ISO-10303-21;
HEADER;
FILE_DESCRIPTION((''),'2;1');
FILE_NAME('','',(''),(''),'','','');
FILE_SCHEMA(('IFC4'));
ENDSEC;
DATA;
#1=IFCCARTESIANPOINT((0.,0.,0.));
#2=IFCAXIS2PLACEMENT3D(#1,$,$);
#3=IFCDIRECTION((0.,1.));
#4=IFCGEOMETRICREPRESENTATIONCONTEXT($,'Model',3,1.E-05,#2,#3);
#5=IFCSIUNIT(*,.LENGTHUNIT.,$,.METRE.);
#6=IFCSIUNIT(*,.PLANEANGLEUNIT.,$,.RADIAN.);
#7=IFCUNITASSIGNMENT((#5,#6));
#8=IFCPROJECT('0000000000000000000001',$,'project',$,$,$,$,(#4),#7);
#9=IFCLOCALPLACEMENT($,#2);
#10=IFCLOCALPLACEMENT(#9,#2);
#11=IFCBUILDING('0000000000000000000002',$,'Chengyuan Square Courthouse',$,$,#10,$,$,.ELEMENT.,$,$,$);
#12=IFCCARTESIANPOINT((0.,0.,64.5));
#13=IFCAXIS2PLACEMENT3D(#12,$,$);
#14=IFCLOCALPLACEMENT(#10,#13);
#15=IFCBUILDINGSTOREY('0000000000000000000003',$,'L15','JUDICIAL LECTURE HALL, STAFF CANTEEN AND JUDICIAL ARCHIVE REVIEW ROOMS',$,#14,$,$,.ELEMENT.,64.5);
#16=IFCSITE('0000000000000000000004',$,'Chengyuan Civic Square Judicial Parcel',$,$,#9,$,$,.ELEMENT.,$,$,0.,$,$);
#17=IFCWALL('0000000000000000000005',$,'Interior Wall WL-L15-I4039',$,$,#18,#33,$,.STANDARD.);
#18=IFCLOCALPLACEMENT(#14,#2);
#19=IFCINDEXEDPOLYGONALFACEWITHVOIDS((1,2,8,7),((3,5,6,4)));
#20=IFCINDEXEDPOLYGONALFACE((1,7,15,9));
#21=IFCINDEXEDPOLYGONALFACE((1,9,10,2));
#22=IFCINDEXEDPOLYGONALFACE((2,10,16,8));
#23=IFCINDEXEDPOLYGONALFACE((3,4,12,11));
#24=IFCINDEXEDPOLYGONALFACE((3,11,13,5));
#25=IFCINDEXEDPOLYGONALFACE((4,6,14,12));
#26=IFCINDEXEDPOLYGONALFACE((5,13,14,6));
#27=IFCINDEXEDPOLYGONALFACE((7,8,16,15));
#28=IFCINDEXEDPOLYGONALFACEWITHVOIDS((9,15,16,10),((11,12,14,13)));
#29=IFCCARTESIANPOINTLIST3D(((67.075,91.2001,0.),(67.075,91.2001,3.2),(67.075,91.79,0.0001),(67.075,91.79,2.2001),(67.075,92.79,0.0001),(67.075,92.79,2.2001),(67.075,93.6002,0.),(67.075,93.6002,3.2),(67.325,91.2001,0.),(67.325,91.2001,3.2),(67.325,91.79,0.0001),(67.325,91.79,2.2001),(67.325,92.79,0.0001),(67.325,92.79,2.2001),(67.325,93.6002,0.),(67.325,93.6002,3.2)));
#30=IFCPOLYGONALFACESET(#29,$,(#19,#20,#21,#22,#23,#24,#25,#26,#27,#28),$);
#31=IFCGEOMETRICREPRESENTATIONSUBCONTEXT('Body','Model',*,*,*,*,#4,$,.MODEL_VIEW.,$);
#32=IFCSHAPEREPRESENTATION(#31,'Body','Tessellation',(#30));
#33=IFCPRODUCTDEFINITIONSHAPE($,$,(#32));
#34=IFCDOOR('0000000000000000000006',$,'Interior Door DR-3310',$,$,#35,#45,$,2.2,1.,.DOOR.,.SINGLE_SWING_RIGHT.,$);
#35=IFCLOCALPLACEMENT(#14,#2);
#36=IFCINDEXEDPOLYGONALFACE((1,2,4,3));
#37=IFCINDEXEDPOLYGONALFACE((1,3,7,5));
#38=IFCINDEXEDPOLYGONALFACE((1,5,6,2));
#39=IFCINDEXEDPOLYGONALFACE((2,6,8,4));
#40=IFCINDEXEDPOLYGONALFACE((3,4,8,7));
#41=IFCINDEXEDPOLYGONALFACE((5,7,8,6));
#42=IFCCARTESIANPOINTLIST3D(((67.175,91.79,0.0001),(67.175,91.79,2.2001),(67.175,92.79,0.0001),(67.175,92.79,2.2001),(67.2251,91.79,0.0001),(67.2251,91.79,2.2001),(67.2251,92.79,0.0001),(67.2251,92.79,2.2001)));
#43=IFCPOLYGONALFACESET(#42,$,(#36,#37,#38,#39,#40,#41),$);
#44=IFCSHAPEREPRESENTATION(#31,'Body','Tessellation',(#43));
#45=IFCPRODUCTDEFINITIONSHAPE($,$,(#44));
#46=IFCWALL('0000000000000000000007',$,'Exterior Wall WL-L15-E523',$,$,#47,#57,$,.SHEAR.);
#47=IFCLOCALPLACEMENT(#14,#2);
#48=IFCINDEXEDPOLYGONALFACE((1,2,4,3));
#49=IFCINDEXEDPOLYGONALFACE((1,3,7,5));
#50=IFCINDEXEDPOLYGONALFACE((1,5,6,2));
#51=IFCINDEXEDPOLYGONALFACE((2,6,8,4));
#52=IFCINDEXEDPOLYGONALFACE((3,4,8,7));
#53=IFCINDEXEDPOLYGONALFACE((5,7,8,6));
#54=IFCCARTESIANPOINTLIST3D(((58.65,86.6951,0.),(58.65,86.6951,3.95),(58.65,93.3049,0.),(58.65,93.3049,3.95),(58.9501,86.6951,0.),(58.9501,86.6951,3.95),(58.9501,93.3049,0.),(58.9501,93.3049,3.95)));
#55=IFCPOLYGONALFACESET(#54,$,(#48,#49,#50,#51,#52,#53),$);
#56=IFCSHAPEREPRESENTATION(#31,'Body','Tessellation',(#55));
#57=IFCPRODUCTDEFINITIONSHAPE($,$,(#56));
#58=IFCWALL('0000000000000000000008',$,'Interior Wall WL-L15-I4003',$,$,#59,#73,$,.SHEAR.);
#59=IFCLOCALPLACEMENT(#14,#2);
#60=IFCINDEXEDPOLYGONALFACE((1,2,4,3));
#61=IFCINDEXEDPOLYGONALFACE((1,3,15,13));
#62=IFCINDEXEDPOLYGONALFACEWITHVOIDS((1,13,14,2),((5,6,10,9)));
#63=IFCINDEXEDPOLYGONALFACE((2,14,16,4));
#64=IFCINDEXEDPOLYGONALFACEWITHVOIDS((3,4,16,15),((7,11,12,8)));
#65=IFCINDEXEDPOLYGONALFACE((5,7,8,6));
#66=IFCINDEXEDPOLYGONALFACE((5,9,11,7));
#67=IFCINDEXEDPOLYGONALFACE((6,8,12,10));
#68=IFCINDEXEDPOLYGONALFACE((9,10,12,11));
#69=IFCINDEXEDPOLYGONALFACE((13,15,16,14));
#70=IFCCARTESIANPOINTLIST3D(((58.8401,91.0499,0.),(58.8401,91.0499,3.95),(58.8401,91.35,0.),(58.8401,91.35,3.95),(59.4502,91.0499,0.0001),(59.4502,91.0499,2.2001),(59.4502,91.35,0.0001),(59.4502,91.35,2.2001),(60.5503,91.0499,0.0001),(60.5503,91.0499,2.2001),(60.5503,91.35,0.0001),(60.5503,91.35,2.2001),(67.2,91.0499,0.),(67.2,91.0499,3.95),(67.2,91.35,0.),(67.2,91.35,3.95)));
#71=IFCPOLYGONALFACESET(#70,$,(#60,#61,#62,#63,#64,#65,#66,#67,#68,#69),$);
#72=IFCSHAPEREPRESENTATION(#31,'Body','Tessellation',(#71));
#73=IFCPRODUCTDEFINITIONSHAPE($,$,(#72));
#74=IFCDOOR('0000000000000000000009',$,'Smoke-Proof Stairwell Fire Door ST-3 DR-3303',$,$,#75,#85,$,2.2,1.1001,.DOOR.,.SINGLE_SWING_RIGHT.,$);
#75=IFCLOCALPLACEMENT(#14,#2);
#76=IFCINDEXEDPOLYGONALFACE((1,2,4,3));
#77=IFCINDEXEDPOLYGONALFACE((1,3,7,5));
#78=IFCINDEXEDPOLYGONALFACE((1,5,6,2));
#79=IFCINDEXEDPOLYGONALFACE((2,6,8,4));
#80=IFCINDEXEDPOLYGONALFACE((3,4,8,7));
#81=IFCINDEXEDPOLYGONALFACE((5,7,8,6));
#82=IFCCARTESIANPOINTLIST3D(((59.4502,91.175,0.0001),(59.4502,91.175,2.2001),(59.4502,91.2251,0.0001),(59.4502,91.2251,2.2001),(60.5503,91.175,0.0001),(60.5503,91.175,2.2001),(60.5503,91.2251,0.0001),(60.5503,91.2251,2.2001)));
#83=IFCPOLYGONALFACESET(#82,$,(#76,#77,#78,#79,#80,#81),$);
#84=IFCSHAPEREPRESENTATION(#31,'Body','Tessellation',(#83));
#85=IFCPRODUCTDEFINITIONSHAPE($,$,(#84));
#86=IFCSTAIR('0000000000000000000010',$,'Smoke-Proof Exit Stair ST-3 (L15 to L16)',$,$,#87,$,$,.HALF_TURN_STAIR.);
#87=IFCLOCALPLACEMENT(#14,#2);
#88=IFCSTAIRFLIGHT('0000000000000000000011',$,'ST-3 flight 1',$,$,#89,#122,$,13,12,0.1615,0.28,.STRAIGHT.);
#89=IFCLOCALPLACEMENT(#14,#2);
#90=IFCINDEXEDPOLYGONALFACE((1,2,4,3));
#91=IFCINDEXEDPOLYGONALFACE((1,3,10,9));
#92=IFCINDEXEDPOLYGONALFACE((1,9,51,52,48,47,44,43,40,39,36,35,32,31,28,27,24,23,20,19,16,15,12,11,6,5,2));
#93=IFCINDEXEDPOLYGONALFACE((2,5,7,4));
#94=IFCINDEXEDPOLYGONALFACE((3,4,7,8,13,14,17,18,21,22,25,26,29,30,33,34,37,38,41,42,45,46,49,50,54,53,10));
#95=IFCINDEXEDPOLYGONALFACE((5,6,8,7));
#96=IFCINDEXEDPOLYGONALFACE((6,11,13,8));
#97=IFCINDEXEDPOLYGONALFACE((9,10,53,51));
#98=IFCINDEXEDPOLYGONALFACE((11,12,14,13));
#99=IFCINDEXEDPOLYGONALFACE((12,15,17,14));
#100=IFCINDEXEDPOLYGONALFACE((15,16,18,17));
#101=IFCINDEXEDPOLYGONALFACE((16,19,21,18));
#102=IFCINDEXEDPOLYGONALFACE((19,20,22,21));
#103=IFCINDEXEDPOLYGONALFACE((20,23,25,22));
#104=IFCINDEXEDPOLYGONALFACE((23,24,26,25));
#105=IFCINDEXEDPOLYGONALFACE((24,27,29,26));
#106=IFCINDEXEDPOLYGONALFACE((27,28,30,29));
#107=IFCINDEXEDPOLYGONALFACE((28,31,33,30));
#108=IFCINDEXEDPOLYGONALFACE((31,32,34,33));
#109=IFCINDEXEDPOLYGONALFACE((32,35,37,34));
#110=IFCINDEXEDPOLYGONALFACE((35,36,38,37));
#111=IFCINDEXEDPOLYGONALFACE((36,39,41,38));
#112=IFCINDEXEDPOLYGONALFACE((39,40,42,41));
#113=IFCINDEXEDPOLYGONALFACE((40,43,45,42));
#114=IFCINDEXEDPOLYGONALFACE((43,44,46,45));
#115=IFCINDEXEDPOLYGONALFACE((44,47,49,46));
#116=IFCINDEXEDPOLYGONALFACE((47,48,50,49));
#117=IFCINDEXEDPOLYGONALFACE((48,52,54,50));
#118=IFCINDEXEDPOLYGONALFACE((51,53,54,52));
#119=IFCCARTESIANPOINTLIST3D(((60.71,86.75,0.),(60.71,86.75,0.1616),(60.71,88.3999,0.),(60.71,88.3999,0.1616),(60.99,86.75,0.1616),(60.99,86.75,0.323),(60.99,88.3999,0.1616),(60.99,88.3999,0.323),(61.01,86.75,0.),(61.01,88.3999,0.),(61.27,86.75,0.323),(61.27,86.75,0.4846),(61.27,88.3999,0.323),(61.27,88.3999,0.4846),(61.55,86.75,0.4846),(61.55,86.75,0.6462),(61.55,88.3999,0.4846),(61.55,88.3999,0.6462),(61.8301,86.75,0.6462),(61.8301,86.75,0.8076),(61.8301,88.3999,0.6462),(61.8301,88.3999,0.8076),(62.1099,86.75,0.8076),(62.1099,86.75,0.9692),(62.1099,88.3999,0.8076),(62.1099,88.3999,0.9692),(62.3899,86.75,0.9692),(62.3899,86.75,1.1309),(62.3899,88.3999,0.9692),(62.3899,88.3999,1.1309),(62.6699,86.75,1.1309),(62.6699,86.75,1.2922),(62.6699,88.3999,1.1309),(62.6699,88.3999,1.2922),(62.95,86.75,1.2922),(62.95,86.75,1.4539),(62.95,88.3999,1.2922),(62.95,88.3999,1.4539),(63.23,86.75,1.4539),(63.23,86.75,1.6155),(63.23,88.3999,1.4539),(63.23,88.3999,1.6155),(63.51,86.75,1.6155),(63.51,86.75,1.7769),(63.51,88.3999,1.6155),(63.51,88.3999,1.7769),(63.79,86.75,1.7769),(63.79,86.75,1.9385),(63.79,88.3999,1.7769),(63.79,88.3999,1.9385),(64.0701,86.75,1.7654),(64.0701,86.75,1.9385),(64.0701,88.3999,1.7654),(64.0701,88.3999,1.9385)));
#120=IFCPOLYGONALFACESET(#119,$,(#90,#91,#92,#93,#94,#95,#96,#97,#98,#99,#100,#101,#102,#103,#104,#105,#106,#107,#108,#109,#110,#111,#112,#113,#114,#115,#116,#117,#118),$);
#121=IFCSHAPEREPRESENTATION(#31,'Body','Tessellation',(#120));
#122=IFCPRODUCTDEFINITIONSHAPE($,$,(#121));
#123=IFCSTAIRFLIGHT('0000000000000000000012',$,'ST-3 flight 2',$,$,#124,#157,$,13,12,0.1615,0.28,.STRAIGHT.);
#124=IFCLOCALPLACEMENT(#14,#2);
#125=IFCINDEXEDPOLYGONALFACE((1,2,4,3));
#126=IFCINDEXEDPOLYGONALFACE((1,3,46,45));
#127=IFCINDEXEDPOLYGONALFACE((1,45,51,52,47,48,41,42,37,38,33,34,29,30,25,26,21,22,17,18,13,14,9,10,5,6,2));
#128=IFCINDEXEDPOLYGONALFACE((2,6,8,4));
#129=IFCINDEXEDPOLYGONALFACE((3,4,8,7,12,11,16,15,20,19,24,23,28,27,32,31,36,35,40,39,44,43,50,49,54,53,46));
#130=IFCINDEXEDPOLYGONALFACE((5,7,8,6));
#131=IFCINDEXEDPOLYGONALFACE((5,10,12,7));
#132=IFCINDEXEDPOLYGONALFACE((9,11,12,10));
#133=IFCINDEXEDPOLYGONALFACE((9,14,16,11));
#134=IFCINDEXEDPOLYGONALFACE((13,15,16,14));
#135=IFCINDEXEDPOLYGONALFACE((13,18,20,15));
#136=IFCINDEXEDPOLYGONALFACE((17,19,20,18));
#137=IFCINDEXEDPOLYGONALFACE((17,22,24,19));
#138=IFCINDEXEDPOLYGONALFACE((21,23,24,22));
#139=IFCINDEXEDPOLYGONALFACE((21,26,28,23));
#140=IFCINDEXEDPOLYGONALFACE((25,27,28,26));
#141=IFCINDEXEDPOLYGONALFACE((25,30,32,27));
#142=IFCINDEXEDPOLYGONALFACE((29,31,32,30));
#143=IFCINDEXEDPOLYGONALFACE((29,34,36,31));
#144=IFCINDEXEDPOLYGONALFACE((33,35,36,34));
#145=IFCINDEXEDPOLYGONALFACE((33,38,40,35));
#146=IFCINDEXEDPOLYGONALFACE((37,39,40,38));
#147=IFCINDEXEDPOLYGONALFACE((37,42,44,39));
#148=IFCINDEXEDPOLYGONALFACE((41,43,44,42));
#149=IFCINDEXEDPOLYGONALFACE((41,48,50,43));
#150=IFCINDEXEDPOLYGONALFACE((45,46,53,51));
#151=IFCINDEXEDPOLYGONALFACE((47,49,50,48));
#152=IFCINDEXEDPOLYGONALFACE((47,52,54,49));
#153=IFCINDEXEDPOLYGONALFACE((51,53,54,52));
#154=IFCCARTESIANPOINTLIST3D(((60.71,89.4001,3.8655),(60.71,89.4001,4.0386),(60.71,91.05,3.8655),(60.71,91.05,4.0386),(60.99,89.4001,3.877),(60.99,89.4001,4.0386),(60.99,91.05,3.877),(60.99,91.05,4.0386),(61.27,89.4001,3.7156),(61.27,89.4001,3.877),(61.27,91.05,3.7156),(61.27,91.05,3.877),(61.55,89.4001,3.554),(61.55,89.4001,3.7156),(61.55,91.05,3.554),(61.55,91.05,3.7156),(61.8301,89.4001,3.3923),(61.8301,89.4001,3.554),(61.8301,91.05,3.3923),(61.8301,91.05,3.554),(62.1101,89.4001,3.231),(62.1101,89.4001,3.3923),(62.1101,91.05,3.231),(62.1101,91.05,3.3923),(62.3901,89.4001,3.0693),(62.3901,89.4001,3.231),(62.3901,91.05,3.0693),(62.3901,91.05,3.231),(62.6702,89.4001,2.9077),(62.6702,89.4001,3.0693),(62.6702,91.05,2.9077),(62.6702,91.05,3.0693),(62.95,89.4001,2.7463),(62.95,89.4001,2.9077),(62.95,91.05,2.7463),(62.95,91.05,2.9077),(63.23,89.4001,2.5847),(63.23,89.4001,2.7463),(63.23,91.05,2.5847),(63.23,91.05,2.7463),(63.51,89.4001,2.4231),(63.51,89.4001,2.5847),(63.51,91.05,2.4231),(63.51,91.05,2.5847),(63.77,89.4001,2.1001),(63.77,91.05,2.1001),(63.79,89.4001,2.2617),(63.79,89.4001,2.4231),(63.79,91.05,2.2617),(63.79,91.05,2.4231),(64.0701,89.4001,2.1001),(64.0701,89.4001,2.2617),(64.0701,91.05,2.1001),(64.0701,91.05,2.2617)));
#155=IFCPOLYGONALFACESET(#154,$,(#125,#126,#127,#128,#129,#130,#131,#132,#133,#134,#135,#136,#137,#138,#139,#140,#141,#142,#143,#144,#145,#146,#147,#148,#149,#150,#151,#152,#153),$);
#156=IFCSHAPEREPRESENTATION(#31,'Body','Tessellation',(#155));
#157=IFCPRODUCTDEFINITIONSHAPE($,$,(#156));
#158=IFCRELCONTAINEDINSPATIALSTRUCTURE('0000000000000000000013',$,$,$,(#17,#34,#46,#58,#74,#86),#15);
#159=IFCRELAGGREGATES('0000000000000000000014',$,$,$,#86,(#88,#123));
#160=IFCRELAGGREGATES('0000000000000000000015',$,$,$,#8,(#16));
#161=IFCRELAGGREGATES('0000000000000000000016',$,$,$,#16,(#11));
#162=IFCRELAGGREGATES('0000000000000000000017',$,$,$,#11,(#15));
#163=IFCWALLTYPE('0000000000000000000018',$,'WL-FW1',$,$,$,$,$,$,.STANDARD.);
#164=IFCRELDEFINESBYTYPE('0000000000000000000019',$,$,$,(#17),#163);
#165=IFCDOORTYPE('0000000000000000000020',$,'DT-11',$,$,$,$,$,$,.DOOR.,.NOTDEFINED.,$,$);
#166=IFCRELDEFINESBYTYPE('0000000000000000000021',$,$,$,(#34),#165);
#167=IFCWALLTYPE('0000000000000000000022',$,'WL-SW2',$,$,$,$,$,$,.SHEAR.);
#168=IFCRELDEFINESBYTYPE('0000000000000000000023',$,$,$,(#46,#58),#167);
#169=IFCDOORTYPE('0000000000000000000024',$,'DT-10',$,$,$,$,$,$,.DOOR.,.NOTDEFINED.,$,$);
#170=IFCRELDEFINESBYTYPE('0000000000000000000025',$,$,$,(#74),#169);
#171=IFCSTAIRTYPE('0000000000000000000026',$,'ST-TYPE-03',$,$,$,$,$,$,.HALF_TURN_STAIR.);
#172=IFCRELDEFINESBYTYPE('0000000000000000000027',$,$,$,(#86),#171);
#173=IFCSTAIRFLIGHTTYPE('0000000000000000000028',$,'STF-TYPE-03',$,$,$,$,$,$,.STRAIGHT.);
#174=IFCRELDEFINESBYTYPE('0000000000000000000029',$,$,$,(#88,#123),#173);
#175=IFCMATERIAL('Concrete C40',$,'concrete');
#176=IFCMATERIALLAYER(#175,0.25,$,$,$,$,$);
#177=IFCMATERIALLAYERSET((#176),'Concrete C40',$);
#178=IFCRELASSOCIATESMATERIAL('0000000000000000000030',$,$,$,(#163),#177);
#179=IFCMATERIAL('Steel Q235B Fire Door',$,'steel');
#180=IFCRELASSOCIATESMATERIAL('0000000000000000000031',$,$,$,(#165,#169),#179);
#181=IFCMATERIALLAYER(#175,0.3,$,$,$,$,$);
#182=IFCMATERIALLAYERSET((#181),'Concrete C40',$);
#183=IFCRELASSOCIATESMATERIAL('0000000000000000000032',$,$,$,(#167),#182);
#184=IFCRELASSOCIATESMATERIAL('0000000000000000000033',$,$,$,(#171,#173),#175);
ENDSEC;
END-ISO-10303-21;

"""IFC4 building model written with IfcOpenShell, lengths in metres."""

from ifc_helpers import new_model, si_unit, direction, frame, frame_2d, origin, place, context, subcontext, project, spatial, polyline, rectangle, outline, extrude, material, layer, layer_set, type_object, element, fill, aggregate, save


model = new_model("IFC4")

# Units and contexts
model_context = context("Model", 3, precision=1e-05, world=origin(), true_north=direction((0.0, 1.0)))
body_context = subcontext(model_context, "Body", "Model", "MODEL_VIEW")
ifc_project = project(units=[si_unit("LENGTHUNIT", "METRE"), si_unit("PLANEANGLEUNIT", "RADIAN")], contexts=[model_context])

# Site, building, storey
site_placement = place(None, origin())
site = spatial("IfcSite", under=ifc_project, at=site_placement, Name="Chengyuan Civic Square Judicial Parcel", CompositionType="ELEMENT", RefElevation=0.0)
building_placement = place(site_placement, origin())
building = spatial("IfcBuilding", under=site, at=building_placement, Name="Chengyuan Square Courthouse", CompositionType="ELEMENT")
storey_placement = place(building_placement, frame((0.0, 0.0, 64.5)))
storey = spatial("IfcBuildingStorey", under=building, at=storey_placement, Name="L15", Description="JUDICIAL LECTURE HALL, STAFF CANTEEN AND JUDICIAL ARCHIVE REVIEW ROOMS", CompositionType="ELEMENT", Elevation=64.5)

# Wall, opening, door
ifc_material_1 = material(Name="Concrete C40", Category="concrete")
ifc_layer_1 = layer(ifc_material_1, 0.25)
ifc_layer_set_1 = layer_set([ifc_layer_1], Name="Concrete C40")
wall_type_1 = type_object("IfcWallType", Name="WL-FW1", PredefinedType="STANDARD", material=ifc_layer_set_1)
wall_1_placement = place(storey_placement, frame((67.2, 91.2, 0.0), z_axis=(0.0, 0.0, 1.0), x_axis=(0.0, 1.0, 0.0)))
wall_1 = element("IfcWall", 1, at=wall_1_placement, inside=storey, type_object=wall_type_1, Name="Interior Wall WL-L15-I4039", PredefinedType="STANDARD", context=body_context, shape_type="SweptSolid", body=[
    extrude(rectangle(XDim=2.4001, YDim=0.25, at=frame_2d((1.2002, 0.0))), origin(), (0.0, 0.0, 1.0), 3.2),
])
opening_1_placement = place(wall_1_placement, frame((0.5901, 0.0, 0.0)))
opening_1 = element("IfcOpeningElement", 2, at=opening_1_placement, cuts=wall_1, PredefinedType="OPENING", context=body_context, shape_type="SweptSolid", body=[
    extrude(rectangle(XDim=1.0, YDim=2.2, at=frame_2d((0.5, 1.1001))), frame((0.0, 0.137, 0.0), z_axis=(0.0, -1.0, 0.0), x_axis=(1.0, 0.0, 0.0)), (0.0, 0.0, 1.0), 0.2739),
])
ifc_material_2 = material(Name="Steel Q235B Fire Door", Category="steel")
door_type_1 = type_object("IfcDoorType", Name="DT-11", OperationType="NOTDEFINED", PredefinedType="DOOR", material=ifc_material_2)
door_1_placement = place(opening_1_placement, origin())
door_1 = element("IfcDoor", 3, at=door_1_placement, inside=storey, type_object=door_type_1, Name="Interior Door DR-3310", OperationType="SINGLE_SWING_RIGHT", OverallHeight=2.2, OverallWidth=1.0, PredefinedType="DOOR", context=body_context, shape_type="SweptSolid", body=[
    extrude(rectangle(XDim=1.0, YDim=2.2, at=frame_2d((0.5, 1.1001))), frame((0.0, 0.0249, 0.0), z_axis=(0.0, -1.0, 0.0), x_axis=(1.0, 0.0, 0.0)), (0.0, 0.0, 1.0), 0.05),
])
fill(opening_1, door_1)

# Wall
ifc_layer_2 = layer(ifc_material_1, 0.3)
ifc_layer_set_2 = layer_set([ifc_layer_2], Name="Concrete C40")
wall_type_2 = type_object("IfcWallType", Name="WL-SW2", PredefinedType="SHEAR", material=ifc_layer_set_2)
wall_2_placement = place(storey_placement, frame((58.8, 86.6951, 0.0), z_axis=(0.0, 0.0, 1.0), x_axis=(0.0, 1.0, 0.0)))
element("IfcWall", 4, at=wall_2_placement, inside=storey, type_object=wall_type_2, Name="Exterior Wall WL-L15-E523", PredefinedType="SHEAR", context=body_context, shape_type="SweptSolid", body=[
    extrude(rectangle(XDim=6.6099, YDim=0.3, at=frame_2d((3.3049, 0.0))), origin(), (0.0, 0.0, 1.0), 3.95),
])

# Wall, opening, door
wall_3_placement = place(storey_placement, frame((58.8401, 91.2, 0.0), z_axis=(0.0, 0.0, 1.0), x_axis=(1.0, 0.0, 0.0)))
wall_3 = element("IfcWall", 5, at=wall_3_placement, inside=storey, type_object=wall_type_2, Name="Interior Wall WL-L15-I4003", PredefinedType="SHEAR", context=body_context, shape_type="SweptSolid", body=[
    extrude(rectangle(XDim=8.3599, YDim=0.3, at=frame_2d((4.1799, 0.0))), origin(), (0.0, 0.0, 1.0), 3.95),
])
opening_2_placement = place(wall_3_placement, frame((0.6101, 0.0, 0.0)))
opening_2 = element("IfcOpeningElement", 6, at=opening_2_placement, cuts=wall_3, PredefinedType="OPENING", context=body_context, shape_type="SweptSolid", body=[
    extrude(rectangle(XDim=1.1001, YDim=2.2, at=frame_2d((0.55, 1.1001))), frame((0.0, 0.1621, 0.0), z_axis=(0.0, -1.0, 0.0), x_axis=(1.0, 0.0, 0.0)), (0.0, 0.0, 1.0), 0.324),
])
door_type_2 = type_object("IfcDoorType", Name="DT-10", OperationType="NOTDEFINED", PredefinedType="DOOR", material=ifc_material_2)
door_2_placement = place(opening_2_placement, frame((1.1001, 0.0, 0.0), z_axis=(0.0, 0.0, 1.0), x_axis=(-1.0, 0.0, 0.0)))
door_2 = element("IfcDoor", 7, at=door_2_placement, inside=storey, type_object=door_type_2, Name="Smoke-Proof Stairwell Fire Door ST-3 DR-3303", OperationType="SINGLE_SWING_RIGHT", OverallHeight=2.2, OverallWidth=1.1001, PredefinedType="DOOR", context=body_context, shape_type="SweptSolid", body=[
    extrude(rectangle(XDim=1.1001, YDim=2.2, at=frame_2d((0.55, 1.1001))), frame((0.0, 0.0249, 0.0), z_axis=(0.0, -1.0, 0.0), x_axis=(1.0, 0.0, 0.0)), (0.0, 0.0, 1.0), 0.05),
])
fill(opening_2, door_2)

# Stair, stair flights
stair_type = type_object("IfcStairType", Name="ST-TYPE-03", PredefinedType="HALF_TURN_STAIR", material=ifc_material_1)
stair_placement = place(storey_placement, origin())
stair = element("IfcStair", 8, at=stair_placement, inside=storey, type_object=stair_type, Name="Smoke-Proof Exit Stair ST-3 (L15 to L16)", PredefinedType="HALF_TURN_STAIR")
stair_flight_type = type_object("IfcStairFlightType", Name="STF-TYPE-03", PredefinedType="STRAIGHT", material=ifc_material_1)
stair_flight_1_placement = place(storey_placement, frame((60.71, 87.575, 0.0), z_axis=(0.0, 0.0, 1.0), x_axis=(1.0, 0.0, 0.0)))
stair_flight_1 = element("IfcStairFlight", 9, at=stair_flight_1_placement, type_object=stair_flight_type, Name="ST-3 flight 1", NumberOfRisers=13, NumberOfTreads=12, PredefinedType="STRAIGHT", RiserHeight=0.1615, TreadLength=0.28, context=body_context, shape_type="SweptSolid", body=[
    extrude(outline(polyline([(0.0, 0.0), (0.0, 0.1616), (0.28, 0.1616), (0.28, 0.323), (0.5601, 0.323), (0.5601, 0.4846), (0.8401, 0.4846), (0.8401, 0.6462), (1.1201, 0.6462), (1.1201, 0.8076), (1.3999, 0.8076), (1.3999, 0.9692), (1.6799, 0.9692), (1.6799, 1.1309), (1.96, 1.1309), (1.96, 1.2922), (2.24, 1.2922), (2.24, 1.4539), (2.52, 1.4539), (2.52, 1.6155), (2.8, 1.6155), (2.8, 1.7769), (3.0801, 1.7769), (3.0801, 1.9385), (3.3601, 1.9385), (3.3601, 2.1001), (3.3601, 1.7654), (0.3, 0.0), (0.0, 0.0)])), frame((0.0, 0.825, 0.0), z_axis=(0.0, -1.0, 0.0), x_axis=(1.0, 0.0, 0.0)), (0.0, 0.0, 1.0), 1.6499),
])
stair_flight_2_placement = place(storey_placement, frame((64.0701, 90.2251, 2.1001), z_axis=(0.0, 0.0, 1.0), x_axis=(-1.0, 0.0, 0.0)))
stair_flight_2 = element("IfcStairFlight", 10, at=stair_flight_2_placement, type_object=stair_flight_type, Name="ST-3 flight 2", NumberOfRisers=13, NumberOfTreads=12, PredefinedType="STRAIGHT", RiserHeight=0.1615, TreadLength=0.28, context=body_context, shape_type="SweptSolid", body=[
    extrude(outline(polyline([(0.0, 0.0), (0.0, 0.1616), (0.28, 0.1616), (0.28, 0.323), (0.5601, 0.323), (0.5601, 0.4846), (0.8401, 0.4846), (0.8401, 0.6462), (1.1201, 0.6462), (1.1201, 0.8076), (1.3999, 0.8076), (1.3999, 0.9692), (1.6799, 0.9692), (1.6799, 1.1309), (1.96, 1.1309), (1.96, 1.2922), (2.24, 1.2922), (2.24, 1.4539), (2.52, 1.4539), (2.52, 1.6155), (2.8, 1.6155), (2.8, 1.7769), (3.0801, 1.7769), (3.0801, 1.9385), (3.3601, 1.9385), (3.3601, 2.1001), (3.3601, 1.7654), (0.3, 0.0), (0.0, 0.0)])), frame((0.0, 0.825, 0.0), z_axis=(0.0, -1.0, 0.0), x_axis=(1.0, 0.0, 0.0)), (0.0, 0.0, 1.0), 1.6499),
])
aggregate(stair, [stair_flight_1, stair_flight_2])

save(model, "model.ifc")
